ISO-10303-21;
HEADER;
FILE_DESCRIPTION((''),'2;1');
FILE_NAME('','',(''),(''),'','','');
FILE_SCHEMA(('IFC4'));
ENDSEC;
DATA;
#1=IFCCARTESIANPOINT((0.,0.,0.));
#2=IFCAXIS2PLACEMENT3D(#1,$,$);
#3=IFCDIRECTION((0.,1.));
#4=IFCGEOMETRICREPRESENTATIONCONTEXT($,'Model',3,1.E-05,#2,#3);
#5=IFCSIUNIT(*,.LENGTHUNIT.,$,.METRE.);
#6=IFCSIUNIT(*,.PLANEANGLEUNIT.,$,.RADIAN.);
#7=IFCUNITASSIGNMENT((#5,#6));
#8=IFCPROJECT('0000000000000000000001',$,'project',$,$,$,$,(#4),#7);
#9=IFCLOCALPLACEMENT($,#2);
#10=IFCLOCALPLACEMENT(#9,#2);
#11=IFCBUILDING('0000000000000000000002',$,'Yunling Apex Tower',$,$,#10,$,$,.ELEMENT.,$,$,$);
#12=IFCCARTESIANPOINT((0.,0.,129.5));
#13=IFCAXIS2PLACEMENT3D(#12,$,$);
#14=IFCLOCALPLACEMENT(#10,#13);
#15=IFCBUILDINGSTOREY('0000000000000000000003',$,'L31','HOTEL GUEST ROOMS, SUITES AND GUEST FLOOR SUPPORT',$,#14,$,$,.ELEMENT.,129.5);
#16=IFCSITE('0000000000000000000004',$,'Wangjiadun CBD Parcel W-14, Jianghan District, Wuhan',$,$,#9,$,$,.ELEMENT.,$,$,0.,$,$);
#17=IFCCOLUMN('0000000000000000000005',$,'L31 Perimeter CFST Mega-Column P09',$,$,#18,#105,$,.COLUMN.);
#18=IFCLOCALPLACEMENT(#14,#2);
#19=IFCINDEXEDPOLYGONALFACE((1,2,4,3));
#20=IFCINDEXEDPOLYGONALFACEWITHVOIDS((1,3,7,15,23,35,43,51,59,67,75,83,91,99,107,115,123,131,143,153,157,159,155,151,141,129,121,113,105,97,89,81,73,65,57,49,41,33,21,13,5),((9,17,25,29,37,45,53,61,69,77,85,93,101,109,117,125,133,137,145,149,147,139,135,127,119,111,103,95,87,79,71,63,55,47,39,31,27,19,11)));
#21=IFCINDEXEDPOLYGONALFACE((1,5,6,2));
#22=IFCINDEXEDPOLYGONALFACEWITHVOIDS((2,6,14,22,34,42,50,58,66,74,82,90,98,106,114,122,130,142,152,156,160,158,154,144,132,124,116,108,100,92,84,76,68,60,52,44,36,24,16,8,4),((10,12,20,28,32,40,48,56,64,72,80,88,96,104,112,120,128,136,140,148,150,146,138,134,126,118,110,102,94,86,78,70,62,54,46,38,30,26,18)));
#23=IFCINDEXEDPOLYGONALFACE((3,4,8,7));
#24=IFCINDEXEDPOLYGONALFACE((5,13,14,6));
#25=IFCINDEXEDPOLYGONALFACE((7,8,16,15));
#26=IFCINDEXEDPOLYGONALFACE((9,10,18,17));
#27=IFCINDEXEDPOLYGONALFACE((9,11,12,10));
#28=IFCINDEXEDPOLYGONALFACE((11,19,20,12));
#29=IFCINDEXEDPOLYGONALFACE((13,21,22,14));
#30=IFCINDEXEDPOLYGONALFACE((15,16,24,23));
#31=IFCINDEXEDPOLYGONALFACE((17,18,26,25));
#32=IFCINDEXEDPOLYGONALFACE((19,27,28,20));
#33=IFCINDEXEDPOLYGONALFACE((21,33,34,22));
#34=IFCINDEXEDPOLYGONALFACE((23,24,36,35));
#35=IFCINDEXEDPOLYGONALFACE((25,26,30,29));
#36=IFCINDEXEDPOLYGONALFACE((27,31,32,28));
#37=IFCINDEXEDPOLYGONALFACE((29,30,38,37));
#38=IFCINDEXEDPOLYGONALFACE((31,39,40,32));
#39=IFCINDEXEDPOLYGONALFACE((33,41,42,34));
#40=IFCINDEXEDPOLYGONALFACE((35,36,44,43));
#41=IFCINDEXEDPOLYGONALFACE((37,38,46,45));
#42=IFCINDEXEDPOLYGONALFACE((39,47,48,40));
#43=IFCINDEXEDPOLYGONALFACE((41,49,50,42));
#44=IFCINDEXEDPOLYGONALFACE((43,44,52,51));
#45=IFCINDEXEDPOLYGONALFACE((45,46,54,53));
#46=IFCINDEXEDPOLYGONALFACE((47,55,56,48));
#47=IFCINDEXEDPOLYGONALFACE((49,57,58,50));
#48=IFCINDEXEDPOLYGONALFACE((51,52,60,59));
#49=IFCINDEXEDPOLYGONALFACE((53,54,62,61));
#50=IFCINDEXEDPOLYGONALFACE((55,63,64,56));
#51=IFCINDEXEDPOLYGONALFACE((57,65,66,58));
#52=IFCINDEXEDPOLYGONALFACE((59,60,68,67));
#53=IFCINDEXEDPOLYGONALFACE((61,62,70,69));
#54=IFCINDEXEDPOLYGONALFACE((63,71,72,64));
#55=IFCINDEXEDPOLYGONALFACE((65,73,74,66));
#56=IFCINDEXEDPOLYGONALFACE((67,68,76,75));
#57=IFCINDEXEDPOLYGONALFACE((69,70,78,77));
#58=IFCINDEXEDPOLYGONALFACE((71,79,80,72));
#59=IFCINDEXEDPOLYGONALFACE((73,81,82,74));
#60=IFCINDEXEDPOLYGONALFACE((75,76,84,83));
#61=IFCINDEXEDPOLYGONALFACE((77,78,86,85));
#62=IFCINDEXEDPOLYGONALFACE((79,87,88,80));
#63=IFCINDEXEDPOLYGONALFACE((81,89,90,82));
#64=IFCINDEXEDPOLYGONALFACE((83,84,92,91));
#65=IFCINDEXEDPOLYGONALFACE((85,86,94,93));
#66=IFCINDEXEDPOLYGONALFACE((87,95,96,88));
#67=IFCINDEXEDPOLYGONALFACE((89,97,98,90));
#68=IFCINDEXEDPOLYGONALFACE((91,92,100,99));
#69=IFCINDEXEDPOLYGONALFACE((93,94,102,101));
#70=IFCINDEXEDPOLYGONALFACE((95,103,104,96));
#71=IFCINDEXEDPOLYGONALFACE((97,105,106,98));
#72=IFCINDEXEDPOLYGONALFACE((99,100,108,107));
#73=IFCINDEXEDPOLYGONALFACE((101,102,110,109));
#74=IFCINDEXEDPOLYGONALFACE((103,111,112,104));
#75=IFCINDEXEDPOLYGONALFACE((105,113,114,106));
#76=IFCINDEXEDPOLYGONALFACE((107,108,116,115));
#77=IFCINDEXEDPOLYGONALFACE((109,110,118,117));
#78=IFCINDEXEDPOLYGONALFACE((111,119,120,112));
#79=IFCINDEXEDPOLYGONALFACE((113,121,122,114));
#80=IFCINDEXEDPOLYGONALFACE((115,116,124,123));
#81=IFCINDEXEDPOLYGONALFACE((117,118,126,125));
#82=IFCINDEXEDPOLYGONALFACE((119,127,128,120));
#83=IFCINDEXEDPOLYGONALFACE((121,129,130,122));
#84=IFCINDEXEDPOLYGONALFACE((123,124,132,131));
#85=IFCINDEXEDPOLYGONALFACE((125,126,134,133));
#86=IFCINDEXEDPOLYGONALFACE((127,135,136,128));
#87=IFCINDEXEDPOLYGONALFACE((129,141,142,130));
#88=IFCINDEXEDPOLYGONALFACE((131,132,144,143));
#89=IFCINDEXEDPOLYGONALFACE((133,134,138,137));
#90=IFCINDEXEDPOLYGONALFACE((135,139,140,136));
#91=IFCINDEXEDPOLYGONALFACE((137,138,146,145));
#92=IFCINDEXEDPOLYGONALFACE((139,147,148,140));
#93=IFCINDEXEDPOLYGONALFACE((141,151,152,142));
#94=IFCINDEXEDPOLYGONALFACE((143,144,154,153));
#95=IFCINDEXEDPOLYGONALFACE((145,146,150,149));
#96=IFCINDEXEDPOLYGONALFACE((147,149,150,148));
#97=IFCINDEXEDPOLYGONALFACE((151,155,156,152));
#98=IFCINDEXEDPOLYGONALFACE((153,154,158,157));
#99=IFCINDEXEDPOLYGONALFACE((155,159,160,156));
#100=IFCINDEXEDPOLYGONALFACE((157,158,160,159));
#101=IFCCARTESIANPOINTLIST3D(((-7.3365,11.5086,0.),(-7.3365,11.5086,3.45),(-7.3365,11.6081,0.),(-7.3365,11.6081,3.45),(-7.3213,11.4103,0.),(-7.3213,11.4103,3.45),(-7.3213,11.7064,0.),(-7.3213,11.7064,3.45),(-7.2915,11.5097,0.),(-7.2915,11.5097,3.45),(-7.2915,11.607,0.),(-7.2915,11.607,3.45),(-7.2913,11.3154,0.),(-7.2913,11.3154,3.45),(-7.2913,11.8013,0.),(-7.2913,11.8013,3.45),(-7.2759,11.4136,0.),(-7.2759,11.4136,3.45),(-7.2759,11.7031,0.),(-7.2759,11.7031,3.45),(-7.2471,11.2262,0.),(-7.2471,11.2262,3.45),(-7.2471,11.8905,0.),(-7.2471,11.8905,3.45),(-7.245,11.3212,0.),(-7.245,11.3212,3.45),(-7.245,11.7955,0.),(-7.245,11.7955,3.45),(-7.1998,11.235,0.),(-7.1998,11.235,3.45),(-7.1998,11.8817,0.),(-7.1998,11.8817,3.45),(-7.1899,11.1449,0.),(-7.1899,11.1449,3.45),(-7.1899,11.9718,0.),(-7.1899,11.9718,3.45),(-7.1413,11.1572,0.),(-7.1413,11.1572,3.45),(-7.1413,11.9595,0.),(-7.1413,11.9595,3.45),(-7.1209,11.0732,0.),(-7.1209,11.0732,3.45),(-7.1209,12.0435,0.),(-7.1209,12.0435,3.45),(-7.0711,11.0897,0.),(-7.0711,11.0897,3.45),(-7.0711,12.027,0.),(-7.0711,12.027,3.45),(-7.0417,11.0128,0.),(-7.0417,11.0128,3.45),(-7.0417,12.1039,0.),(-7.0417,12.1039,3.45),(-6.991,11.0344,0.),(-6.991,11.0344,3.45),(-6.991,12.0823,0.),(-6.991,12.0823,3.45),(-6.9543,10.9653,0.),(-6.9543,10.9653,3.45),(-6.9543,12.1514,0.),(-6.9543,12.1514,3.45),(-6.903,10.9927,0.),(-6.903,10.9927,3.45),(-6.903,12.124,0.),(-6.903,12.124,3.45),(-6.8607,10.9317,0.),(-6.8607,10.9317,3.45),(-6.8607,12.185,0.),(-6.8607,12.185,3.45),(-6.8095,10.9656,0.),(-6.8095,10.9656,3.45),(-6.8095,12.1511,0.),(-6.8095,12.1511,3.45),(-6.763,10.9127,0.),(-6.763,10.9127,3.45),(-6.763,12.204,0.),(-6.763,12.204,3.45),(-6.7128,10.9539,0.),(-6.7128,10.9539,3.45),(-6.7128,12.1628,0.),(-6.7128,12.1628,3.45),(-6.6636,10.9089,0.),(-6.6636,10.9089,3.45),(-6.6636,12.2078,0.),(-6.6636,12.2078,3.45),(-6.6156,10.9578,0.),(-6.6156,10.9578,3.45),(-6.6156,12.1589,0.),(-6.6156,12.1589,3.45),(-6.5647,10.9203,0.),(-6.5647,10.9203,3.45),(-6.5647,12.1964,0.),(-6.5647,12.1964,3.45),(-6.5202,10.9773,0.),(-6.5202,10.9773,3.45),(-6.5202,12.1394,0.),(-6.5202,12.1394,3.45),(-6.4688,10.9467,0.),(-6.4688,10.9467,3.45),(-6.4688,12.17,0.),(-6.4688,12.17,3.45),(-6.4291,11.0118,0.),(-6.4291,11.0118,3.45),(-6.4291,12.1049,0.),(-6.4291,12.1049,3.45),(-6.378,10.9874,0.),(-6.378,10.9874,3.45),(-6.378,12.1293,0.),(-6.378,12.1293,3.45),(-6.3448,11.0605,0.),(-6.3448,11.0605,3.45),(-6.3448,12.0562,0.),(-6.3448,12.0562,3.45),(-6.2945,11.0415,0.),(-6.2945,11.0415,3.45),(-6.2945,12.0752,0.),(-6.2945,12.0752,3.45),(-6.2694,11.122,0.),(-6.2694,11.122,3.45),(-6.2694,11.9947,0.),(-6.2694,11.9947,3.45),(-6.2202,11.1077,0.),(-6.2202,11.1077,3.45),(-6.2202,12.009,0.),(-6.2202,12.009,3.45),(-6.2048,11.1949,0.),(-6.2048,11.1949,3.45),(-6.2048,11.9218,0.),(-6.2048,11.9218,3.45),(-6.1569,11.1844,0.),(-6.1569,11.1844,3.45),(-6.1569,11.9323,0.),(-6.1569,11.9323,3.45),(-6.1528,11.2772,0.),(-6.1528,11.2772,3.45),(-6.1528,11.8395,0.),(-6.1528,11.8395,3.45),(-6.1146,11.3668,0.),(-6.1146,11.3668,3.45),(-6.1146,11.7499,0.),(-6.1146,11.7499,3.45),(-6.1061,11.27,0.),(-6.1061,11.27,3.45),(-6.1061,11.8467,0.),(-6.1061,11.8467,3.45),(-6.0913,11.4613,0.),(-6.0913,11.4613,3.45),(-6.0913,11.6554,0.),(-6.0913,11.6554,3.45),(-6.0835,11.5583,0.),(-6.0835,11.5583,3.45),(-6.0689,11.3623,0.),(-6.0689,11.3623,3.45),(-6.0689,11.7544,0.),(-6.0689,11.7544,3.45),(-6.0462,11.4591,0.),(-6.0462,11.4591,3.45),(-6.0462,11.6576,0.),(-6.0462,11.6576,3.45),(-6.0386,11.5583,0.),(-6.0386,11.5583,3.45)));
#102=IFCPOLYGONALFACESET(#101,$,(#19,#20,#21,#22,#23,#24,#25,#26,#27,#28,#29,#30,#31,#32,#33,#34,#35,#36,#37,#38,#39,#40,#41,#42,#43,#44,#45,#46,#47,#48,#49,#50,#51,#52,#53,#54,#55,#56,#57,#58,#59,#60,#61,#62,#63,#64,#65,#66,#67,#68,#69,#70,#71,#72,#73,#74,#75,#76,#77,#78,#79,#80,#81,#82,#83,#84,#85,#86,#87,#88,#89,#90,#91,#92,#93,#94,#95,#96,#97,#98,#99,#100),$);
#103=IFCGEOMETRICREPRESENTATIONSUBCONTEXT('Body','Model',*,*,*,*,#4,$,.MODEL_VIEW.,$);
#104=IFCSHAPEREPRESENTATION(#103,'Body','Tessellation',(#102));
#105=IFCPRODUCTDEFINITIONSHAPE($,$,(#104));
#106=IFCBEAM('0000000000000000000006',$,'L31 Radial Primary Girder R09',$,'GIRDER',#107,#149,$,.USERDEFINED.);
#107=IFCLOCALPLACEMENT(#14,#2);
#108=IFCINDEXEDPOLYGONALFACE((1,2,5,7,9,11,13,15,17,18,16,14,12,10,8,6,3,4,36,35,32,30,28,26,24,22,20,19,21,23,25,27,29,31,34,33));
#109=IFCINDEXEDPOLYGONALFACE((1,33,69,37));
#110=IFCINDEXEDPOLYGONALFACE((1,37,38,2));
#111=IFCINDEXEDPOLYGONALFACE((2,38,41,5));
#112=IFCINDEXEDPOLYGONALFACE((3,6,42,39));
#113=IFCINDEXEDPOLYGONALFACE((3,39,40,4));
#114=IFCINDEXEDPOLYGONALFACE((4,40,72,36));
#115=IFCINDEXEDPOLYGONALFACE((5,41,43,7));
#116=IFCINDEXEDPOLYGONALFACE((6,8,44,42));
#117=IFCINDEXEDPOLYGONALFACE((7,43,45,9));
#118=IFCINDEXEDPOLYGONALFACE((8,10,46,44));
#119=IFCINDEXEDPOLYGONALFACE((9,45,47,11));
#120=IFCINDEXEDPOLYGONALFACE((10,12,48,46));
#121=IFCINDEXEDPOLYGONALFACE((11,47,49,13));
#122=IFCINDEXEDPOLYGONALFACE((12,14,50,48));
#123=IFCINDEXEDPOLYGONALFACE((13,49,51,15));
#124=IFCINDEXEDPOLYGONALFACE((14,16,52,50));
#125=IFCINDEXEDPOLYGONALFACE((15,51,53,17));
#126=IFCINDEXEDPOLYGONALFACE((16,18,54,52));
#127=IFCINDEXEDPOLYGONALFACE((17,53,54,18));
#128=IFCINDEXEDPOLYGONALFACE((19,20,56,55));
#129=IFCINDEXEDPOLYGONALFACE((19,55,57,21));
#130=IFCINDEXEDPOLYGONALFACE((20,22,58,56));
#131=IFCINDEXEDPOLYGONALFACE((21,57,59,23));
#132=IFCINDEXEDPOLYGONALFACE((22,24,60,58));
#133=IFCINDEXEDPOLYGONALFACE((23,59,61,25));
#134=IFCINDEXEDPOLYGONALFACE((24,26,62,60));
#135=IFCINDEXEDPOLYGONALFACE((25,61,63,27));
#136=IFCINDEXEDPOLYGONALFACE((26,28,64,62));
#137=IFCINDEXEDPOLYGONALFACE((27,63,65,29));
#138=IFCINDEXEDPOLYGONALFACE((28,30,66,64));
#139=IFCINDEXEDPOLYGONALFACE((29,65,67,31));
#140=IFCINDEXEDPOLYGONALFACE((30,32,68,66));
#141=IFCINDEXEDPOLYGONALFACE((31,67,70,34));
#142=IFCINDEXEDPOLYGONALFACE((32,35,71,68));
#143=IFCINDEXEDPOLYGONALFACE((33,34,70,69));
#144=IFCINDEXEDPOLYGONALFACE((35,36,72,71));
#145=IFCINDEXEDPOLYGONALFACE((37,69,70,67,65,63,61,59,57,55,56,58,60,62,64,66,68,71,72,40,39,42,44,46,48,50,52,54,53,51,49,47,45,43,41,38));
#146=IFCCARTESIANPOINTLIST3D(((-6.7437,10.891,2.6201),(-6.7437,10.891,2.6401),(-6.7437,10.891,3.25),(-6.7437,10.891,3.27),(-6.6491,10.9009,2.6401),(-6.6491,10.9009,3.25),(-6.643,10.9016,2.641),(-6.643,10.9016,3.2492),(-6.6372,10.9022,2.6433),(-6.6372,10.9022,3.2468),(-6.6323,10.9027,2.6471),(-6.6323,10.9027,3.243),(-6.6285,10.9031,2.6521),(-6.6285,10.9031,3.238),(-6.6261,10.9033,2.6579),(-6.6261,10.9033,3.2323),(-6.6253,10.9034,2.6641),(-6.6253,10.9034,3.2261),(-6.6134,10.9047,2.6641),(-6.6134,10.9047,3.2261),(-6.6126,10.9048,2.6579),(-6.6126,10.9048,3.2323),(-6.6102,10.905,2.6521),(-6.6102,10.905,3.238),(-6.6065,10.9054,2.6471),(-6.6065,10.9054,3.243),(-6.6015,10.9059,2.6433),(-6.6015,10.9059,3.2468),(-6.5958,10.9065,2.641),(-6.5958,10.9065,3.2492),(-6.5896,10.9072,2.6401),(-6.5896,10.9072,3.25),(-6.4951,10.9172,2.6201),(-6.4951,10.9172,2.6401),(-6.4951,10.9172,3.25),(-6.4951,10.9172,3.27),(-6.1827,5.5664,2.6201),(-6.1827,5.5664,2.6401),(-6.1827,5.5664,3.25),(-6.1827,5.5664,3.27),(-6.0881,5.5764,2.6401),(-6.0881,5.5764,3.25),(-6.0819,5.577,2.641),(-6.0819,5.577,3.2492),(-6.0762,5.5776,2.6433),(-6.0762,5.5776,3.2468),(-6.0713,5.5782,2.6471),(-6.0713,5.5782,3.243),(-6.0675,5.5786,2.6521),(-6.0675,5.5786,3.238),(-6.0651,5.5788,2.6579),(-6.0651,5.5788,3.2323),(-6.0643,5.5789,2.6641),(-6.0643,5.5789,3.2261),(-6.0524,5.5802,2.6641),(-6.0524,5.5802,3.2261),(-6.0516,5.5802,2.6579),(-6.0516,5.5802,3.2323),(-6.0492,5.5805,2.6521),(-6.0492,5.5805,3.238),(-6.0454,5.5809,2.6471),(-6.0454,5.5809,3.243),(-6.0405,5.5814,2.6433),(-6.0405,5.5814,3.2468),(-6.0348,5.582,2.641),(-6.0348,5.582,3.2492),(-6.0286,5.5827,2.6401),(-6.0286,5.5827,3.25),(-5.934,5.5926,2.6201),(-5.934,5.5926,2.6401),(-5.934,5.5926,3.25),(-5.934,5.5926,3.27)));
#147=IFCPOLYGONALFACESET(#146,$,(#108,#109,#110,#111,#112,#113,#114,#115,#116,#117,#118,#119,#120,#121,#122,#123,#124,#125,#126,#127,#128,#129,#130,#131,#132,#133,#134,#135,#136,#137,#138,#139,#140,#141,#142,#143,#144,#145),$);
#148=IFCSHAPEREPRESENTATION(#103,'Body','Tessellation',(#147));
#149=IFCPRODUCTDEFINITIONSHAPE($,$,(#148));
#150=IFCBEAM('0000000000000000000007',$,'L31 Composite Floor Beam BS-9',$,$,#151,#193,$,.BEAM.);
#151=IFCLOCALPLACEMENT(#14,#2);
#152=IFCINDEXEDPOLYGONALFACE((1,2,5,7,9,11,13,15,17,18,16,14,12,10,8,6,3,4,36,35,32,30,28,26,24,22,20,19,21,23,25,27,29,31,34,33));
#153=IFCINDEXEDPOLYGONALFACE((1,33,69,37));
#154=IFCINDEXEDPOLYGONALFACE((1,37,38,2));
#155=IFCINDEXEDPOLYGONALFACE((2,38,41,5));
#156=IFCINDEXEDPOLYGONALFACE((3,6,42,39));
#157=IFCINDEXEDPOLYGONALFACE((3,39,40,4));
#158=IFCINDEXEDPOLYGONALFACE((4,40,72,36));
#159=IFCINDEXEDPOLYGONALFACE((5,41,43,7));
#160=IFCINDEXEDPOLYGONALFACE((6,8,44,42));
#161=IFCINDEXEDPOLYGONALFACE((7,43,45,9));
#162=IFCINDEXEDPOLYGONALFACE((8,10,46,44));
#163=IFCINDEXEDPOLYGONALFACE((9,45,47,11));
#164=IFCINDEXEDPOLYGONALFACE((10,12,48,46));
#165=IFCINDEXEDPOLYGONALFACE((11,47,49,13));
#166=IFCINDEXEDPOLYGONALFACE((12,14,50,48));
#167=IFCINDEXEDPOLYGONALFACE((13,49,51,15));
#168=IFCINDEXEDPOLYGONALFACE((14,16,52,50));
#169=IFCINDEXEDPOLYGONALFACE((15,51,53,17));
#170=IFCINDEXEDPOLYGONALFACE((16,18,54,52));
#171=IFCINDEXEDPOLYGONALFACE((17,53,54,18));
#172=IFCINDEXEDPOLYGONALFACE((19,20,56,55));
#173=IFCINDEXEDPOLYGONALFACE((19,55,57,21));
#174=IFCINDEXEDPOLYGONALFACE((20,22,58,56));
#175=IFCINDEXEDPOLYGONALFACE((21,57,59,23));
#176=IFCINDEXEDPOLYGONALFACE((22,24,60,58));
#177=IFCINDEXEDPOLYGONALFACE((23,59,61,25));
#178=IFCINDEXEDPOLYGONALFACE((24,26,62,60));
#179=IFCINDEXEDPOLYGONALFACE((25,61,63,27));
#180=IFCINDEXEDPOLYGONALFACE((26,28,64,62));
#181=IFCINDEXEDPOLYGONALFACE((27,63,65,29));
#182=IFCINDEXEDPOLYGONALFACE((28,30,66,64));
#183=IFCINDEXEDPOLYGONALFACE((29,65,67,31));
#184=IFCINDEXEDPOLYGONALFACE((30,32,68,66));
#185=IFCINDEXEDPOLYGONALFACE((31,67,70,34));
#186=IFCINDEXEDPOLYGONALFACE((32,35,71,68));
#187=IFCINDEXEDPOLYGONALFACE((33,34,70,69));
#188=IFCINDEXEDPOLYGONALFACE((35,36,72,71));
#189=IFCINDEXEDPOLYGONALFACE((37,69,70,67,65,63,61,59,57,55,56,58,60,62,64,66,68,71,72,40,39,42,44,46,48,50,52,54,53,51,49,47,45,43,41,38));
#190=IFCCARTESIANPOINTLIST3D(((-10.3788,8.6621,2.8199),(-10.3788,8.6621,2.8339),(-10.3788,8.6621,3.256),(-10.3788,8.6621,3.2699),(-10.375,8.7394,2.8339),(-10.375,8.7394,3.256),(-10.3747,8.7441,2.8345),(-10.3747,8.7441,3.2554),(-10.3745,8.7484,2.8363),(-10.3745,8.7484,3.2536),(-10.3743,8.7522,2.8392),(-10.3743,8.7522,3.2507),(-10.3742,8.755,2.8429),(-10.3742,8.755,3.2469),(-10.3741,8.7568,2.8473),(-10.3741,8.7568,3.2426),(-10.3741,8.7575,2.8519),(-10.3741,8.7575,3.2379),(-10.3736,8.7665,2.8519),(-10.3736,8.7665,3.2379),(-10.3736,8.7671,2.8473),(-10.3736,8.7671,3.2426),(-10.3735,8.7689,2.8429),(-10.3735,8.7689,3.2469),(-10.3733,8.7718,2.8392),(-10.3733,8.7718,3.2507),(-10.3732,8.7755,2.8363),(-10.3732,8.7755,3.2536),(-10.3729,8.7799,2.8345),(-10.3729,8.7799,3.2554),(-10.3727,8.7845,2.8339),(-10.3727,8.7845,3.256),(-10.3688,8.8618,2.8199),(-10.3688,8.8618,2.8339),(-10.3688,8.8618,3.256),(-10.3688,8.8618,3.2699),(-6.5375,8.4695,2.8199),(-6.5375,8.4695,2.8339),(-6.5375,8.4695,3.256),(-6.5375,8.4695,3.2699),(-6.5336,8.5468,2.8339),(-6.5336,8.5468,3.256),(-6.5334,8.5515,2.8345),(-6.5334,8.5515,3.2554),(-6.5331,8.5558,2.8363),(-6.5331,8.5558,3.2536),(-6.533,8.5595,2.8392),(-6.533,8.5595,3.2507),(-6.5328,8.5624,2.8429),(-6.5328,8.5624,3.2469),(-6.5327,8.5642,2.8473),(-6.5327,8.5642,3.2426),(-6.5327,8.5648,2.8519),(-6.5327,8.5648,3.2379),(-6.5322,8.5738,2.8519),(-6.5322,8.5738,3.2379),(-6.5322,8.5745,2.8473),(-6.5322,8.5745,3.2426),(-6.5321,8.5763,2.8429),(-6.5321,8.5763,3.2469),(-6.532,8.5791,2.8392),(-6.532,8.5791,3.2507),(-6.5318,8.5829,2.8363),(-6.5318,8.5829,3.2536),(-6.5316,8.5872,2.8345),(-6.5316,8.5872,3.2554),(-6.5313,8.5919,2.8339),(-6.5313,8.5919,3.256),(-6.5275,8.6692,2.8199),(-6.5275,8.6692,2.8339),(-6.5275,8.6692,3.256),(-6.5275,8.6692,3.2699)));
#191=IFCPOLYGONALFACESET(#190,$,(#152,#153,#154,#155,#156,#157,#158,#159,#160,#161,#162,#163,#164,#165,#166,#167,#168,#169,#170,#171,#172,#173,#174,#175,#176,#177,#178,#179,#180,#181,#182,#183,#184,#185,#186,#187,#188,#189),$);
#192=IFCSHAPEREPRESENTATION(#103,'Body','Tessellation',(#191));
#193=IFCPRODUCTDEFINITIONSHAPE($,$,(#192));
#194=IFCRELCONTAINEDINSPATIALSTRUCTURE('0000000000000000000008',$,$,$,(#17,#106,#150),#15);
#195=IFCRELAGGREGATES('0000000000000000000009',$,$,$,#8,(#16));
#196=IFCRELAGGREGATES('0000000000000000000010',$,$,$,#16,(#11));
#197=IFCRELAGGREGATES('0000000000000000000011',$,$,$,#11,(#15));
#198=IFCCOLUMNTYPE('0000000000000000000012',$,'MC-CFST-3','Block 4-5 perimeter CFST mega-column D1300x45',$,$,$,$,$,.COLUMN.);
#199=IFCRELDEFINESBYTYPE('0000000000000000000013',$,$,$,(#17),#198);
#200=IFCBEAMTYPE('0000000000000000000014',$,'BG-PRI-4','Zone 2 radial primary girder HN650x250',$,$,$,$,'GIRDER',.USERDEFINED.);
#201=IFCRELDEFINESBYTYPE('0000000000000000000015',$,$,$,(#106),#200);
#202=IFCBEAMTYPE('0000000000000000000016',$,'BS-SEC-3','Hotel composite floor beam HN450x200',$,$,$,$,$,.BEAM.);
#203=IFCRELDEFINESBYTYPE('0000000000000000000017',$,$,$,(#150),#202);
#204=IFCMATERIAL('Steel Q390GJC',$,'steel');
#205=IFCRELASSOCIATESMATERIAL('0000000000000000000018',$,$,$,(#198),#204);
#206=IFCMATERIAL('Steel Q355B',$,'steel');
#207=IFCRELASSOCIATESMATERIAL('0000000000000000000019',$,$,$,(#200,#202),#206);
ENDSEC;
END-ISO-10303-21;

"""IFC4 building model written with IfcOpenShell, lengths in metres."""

from ifc_helpers import new_model, si_unit, direction, frame, origin, origin_2d, place, context, subcontext, project, spatial, hollow_circle, i_section, extrude, source, transform, mapped, material, material_profile, profile_set, type_object, element, save


model = new_model("IFC4")

# Units and contexts
model_context = context("Model", 3, precision=1e-05, world=origin(), true_north=direction((0.0, 1.0)))
body_context = subcontext(model_context, "Body", "Model", "MODEL_VIEW")
ifc_project = project(units=[si_unit("LENGTHUNIT", "METRE"), si_unit("PLANEANGLEUNIT", "RADIAN")], contexts=[model_context])

# Site, building, storey
site_placement = place(None, origin())
site = spatial("IfcSite", under=ifc_project, at=site_placement, Name="Wangjiadun CBD Parcel W-14, Jianghan District, Wuhan", CompositionType="ELEMENT", RefElevation=0.0)
building_placement = place(site_placement, origin())
building = spatial("IfcBuilding", under=site, at=building_placement, Name="Yunling Apex Tower", CompositionType="ELEMENT")
storey_placement = place(building_placement, frame((0.0, 0.0, 129.5)))
storey = spatial("IfcBuildingStorey", under=building, at=storey_placement, Name="L31", Description="HOTEL GUEST ROOMS, SUITES AND GUEST FLOOR SUPPORT", CompositionType="ELEMENT", Elevation=129.5)

# Column
ifc_material_1 = material(Name="Steel Q390GJC", Category="steel")
ifc_material_profile_1 = material_profile(ifc_material_1, hollow_circle(Radius=0.6499, WallThickness=0.0449, at=origin_2d()))
ifc_profile_set_1 = profile_set([ifc_material_profile_1], Name="Steel Q390GJC")
column_type = type_object("IfcColumnType", Name="MC-CFST-3", Description="Block 4-5 perimeter CFST mega-column D1300x45", PredefinedType="COLUMN", material=ifc_profile_set_1)
shared_shape_1 = source(origin(), body_context, "Body", "SweptSolid", [
    extrude(hollow_circle(Radius=0.6499, WallThickness=0.0449, at=origin_2d()), origin(), (0.0, 0.0, 1.0), 3.45),
])
column_placement = place(storey_placement, frame((-6.6885, 11.5583, 0.0), z_axis=(0.0, 0.0, 1.0), x_axis=(1.0, 0.0, 0.0)))
element("IfcColumn", 1, at=column_placement, inside=storey, type_object=column_type, Name="L31 Perimeter CFST Mega-Column P09", PredefinedType="COLUMN", context=body_context, shape_type="MappedRepresentation", body=[
    mapped(shared_shape_1, transform((0.0, 0.0, 0.0), scale=1.0)),
])

# Beams
ifc_material_2 = material(Name="Steel Q355B", Category="steel")
ifc_material_profile_2 = material_profile(ifc_material_2, i_section(OverallWidth=0.25, OverallDepth=0.6499, WebThickness=0.012, FlangeThickness=0.02, FilletRadius=0.0239, at=origin_2d()))
ifc_profile_set_2 = profile_set([ifc_material_profile_2], Name="Steel Q355B")
beam_type_1 = type_object("IfcBeamType", Name="BG-PRI-4", Description="Zone 2 radial primary girder HN650x250", ElementType="GIRDER", PredefinedType="USERDEFINED", material=ifc_profile_set_2)
shared_shape_2 = source(origin(), body_context, "Body", "SweptSolid", [
    extrude(i_section(OverallWidth=0.25, OverallDepth=0.6499, WebThickness=0.012, FlangeThickness=0.02, FilletRadius=0.0239, at=origin_2d()), origin(), (0.0, 0.0, 1.0), 5.354),
])
beam_1_placement = place(storey_placement, frame((-6.6194, 10.9041, 2.9451), z_axis=(0.104789, -0.994494, 0.0), x_axis=(0.994494, 0.104789, 0.0)))
element("IfcBeam", 2, at=beam_1_placement, inside=storey, type_object=beam_type_1, Name="L31 Radial Primary Girder R09", ObjectType="GIRDER", PredefinedType="USERDEFINED", context=body_context, shape_type="MappedRepresentation", body=[
    mapped(shared_shape_2, transform((0.0, 0.0, 0.0), scale=1.0)),
])
ifc_material_profile_3 = material_profile(ifc_material_2, i_section(OverallWidth=0.2, OverallDepth=0.45, WebThickness=0.009, FlangeThickness=0.0139, FilletRadius=0.0181, at=origin_2d()))
ifc_profile_set_3 = profile_set([ifc_material_profile_3], Name="Steel Q355B")
beam_type_2 = type_object("IfcBeamType", Name="BS-SEC-3", Description="Hotel composite floor beam HN450x200", PredefinedType="BEAM", material=ifc_profile_set_3)
shared_shape_3 = source(origin(), body_context, "Body", "SweptSolid", [
    extrude(i_section(OverallWidth=0.2, OverallDepth=0.45, WebThickness=0.009, FlangeThickness=0.0139, FilletRadius=0.0181, at=origin_2d()), origin(), (0.0, 0.0, 1.0), 3.8462),
])
beam_2_placement = place(storey_placement, frame((-6.5325, 8.5693, 3.0449), z_axis=(-0.998745, 0.050083, 0.0), x_axis=(-0.050083, -0.998745, 0.0)))
element("IfcBeam", 3, at=beam_2_placement, inside=storey, type_object=beam_type_2, Name="L31 Composite Floor Beam BS-9", PredefinedType="BEAM", context=body_context, shape_type="MappedRepresentation", body=[
    mapped(shared_shape_3, transform((0.0, 0.0, 0.0), scale=1.0)),
])

save(model, "model.ifc")
